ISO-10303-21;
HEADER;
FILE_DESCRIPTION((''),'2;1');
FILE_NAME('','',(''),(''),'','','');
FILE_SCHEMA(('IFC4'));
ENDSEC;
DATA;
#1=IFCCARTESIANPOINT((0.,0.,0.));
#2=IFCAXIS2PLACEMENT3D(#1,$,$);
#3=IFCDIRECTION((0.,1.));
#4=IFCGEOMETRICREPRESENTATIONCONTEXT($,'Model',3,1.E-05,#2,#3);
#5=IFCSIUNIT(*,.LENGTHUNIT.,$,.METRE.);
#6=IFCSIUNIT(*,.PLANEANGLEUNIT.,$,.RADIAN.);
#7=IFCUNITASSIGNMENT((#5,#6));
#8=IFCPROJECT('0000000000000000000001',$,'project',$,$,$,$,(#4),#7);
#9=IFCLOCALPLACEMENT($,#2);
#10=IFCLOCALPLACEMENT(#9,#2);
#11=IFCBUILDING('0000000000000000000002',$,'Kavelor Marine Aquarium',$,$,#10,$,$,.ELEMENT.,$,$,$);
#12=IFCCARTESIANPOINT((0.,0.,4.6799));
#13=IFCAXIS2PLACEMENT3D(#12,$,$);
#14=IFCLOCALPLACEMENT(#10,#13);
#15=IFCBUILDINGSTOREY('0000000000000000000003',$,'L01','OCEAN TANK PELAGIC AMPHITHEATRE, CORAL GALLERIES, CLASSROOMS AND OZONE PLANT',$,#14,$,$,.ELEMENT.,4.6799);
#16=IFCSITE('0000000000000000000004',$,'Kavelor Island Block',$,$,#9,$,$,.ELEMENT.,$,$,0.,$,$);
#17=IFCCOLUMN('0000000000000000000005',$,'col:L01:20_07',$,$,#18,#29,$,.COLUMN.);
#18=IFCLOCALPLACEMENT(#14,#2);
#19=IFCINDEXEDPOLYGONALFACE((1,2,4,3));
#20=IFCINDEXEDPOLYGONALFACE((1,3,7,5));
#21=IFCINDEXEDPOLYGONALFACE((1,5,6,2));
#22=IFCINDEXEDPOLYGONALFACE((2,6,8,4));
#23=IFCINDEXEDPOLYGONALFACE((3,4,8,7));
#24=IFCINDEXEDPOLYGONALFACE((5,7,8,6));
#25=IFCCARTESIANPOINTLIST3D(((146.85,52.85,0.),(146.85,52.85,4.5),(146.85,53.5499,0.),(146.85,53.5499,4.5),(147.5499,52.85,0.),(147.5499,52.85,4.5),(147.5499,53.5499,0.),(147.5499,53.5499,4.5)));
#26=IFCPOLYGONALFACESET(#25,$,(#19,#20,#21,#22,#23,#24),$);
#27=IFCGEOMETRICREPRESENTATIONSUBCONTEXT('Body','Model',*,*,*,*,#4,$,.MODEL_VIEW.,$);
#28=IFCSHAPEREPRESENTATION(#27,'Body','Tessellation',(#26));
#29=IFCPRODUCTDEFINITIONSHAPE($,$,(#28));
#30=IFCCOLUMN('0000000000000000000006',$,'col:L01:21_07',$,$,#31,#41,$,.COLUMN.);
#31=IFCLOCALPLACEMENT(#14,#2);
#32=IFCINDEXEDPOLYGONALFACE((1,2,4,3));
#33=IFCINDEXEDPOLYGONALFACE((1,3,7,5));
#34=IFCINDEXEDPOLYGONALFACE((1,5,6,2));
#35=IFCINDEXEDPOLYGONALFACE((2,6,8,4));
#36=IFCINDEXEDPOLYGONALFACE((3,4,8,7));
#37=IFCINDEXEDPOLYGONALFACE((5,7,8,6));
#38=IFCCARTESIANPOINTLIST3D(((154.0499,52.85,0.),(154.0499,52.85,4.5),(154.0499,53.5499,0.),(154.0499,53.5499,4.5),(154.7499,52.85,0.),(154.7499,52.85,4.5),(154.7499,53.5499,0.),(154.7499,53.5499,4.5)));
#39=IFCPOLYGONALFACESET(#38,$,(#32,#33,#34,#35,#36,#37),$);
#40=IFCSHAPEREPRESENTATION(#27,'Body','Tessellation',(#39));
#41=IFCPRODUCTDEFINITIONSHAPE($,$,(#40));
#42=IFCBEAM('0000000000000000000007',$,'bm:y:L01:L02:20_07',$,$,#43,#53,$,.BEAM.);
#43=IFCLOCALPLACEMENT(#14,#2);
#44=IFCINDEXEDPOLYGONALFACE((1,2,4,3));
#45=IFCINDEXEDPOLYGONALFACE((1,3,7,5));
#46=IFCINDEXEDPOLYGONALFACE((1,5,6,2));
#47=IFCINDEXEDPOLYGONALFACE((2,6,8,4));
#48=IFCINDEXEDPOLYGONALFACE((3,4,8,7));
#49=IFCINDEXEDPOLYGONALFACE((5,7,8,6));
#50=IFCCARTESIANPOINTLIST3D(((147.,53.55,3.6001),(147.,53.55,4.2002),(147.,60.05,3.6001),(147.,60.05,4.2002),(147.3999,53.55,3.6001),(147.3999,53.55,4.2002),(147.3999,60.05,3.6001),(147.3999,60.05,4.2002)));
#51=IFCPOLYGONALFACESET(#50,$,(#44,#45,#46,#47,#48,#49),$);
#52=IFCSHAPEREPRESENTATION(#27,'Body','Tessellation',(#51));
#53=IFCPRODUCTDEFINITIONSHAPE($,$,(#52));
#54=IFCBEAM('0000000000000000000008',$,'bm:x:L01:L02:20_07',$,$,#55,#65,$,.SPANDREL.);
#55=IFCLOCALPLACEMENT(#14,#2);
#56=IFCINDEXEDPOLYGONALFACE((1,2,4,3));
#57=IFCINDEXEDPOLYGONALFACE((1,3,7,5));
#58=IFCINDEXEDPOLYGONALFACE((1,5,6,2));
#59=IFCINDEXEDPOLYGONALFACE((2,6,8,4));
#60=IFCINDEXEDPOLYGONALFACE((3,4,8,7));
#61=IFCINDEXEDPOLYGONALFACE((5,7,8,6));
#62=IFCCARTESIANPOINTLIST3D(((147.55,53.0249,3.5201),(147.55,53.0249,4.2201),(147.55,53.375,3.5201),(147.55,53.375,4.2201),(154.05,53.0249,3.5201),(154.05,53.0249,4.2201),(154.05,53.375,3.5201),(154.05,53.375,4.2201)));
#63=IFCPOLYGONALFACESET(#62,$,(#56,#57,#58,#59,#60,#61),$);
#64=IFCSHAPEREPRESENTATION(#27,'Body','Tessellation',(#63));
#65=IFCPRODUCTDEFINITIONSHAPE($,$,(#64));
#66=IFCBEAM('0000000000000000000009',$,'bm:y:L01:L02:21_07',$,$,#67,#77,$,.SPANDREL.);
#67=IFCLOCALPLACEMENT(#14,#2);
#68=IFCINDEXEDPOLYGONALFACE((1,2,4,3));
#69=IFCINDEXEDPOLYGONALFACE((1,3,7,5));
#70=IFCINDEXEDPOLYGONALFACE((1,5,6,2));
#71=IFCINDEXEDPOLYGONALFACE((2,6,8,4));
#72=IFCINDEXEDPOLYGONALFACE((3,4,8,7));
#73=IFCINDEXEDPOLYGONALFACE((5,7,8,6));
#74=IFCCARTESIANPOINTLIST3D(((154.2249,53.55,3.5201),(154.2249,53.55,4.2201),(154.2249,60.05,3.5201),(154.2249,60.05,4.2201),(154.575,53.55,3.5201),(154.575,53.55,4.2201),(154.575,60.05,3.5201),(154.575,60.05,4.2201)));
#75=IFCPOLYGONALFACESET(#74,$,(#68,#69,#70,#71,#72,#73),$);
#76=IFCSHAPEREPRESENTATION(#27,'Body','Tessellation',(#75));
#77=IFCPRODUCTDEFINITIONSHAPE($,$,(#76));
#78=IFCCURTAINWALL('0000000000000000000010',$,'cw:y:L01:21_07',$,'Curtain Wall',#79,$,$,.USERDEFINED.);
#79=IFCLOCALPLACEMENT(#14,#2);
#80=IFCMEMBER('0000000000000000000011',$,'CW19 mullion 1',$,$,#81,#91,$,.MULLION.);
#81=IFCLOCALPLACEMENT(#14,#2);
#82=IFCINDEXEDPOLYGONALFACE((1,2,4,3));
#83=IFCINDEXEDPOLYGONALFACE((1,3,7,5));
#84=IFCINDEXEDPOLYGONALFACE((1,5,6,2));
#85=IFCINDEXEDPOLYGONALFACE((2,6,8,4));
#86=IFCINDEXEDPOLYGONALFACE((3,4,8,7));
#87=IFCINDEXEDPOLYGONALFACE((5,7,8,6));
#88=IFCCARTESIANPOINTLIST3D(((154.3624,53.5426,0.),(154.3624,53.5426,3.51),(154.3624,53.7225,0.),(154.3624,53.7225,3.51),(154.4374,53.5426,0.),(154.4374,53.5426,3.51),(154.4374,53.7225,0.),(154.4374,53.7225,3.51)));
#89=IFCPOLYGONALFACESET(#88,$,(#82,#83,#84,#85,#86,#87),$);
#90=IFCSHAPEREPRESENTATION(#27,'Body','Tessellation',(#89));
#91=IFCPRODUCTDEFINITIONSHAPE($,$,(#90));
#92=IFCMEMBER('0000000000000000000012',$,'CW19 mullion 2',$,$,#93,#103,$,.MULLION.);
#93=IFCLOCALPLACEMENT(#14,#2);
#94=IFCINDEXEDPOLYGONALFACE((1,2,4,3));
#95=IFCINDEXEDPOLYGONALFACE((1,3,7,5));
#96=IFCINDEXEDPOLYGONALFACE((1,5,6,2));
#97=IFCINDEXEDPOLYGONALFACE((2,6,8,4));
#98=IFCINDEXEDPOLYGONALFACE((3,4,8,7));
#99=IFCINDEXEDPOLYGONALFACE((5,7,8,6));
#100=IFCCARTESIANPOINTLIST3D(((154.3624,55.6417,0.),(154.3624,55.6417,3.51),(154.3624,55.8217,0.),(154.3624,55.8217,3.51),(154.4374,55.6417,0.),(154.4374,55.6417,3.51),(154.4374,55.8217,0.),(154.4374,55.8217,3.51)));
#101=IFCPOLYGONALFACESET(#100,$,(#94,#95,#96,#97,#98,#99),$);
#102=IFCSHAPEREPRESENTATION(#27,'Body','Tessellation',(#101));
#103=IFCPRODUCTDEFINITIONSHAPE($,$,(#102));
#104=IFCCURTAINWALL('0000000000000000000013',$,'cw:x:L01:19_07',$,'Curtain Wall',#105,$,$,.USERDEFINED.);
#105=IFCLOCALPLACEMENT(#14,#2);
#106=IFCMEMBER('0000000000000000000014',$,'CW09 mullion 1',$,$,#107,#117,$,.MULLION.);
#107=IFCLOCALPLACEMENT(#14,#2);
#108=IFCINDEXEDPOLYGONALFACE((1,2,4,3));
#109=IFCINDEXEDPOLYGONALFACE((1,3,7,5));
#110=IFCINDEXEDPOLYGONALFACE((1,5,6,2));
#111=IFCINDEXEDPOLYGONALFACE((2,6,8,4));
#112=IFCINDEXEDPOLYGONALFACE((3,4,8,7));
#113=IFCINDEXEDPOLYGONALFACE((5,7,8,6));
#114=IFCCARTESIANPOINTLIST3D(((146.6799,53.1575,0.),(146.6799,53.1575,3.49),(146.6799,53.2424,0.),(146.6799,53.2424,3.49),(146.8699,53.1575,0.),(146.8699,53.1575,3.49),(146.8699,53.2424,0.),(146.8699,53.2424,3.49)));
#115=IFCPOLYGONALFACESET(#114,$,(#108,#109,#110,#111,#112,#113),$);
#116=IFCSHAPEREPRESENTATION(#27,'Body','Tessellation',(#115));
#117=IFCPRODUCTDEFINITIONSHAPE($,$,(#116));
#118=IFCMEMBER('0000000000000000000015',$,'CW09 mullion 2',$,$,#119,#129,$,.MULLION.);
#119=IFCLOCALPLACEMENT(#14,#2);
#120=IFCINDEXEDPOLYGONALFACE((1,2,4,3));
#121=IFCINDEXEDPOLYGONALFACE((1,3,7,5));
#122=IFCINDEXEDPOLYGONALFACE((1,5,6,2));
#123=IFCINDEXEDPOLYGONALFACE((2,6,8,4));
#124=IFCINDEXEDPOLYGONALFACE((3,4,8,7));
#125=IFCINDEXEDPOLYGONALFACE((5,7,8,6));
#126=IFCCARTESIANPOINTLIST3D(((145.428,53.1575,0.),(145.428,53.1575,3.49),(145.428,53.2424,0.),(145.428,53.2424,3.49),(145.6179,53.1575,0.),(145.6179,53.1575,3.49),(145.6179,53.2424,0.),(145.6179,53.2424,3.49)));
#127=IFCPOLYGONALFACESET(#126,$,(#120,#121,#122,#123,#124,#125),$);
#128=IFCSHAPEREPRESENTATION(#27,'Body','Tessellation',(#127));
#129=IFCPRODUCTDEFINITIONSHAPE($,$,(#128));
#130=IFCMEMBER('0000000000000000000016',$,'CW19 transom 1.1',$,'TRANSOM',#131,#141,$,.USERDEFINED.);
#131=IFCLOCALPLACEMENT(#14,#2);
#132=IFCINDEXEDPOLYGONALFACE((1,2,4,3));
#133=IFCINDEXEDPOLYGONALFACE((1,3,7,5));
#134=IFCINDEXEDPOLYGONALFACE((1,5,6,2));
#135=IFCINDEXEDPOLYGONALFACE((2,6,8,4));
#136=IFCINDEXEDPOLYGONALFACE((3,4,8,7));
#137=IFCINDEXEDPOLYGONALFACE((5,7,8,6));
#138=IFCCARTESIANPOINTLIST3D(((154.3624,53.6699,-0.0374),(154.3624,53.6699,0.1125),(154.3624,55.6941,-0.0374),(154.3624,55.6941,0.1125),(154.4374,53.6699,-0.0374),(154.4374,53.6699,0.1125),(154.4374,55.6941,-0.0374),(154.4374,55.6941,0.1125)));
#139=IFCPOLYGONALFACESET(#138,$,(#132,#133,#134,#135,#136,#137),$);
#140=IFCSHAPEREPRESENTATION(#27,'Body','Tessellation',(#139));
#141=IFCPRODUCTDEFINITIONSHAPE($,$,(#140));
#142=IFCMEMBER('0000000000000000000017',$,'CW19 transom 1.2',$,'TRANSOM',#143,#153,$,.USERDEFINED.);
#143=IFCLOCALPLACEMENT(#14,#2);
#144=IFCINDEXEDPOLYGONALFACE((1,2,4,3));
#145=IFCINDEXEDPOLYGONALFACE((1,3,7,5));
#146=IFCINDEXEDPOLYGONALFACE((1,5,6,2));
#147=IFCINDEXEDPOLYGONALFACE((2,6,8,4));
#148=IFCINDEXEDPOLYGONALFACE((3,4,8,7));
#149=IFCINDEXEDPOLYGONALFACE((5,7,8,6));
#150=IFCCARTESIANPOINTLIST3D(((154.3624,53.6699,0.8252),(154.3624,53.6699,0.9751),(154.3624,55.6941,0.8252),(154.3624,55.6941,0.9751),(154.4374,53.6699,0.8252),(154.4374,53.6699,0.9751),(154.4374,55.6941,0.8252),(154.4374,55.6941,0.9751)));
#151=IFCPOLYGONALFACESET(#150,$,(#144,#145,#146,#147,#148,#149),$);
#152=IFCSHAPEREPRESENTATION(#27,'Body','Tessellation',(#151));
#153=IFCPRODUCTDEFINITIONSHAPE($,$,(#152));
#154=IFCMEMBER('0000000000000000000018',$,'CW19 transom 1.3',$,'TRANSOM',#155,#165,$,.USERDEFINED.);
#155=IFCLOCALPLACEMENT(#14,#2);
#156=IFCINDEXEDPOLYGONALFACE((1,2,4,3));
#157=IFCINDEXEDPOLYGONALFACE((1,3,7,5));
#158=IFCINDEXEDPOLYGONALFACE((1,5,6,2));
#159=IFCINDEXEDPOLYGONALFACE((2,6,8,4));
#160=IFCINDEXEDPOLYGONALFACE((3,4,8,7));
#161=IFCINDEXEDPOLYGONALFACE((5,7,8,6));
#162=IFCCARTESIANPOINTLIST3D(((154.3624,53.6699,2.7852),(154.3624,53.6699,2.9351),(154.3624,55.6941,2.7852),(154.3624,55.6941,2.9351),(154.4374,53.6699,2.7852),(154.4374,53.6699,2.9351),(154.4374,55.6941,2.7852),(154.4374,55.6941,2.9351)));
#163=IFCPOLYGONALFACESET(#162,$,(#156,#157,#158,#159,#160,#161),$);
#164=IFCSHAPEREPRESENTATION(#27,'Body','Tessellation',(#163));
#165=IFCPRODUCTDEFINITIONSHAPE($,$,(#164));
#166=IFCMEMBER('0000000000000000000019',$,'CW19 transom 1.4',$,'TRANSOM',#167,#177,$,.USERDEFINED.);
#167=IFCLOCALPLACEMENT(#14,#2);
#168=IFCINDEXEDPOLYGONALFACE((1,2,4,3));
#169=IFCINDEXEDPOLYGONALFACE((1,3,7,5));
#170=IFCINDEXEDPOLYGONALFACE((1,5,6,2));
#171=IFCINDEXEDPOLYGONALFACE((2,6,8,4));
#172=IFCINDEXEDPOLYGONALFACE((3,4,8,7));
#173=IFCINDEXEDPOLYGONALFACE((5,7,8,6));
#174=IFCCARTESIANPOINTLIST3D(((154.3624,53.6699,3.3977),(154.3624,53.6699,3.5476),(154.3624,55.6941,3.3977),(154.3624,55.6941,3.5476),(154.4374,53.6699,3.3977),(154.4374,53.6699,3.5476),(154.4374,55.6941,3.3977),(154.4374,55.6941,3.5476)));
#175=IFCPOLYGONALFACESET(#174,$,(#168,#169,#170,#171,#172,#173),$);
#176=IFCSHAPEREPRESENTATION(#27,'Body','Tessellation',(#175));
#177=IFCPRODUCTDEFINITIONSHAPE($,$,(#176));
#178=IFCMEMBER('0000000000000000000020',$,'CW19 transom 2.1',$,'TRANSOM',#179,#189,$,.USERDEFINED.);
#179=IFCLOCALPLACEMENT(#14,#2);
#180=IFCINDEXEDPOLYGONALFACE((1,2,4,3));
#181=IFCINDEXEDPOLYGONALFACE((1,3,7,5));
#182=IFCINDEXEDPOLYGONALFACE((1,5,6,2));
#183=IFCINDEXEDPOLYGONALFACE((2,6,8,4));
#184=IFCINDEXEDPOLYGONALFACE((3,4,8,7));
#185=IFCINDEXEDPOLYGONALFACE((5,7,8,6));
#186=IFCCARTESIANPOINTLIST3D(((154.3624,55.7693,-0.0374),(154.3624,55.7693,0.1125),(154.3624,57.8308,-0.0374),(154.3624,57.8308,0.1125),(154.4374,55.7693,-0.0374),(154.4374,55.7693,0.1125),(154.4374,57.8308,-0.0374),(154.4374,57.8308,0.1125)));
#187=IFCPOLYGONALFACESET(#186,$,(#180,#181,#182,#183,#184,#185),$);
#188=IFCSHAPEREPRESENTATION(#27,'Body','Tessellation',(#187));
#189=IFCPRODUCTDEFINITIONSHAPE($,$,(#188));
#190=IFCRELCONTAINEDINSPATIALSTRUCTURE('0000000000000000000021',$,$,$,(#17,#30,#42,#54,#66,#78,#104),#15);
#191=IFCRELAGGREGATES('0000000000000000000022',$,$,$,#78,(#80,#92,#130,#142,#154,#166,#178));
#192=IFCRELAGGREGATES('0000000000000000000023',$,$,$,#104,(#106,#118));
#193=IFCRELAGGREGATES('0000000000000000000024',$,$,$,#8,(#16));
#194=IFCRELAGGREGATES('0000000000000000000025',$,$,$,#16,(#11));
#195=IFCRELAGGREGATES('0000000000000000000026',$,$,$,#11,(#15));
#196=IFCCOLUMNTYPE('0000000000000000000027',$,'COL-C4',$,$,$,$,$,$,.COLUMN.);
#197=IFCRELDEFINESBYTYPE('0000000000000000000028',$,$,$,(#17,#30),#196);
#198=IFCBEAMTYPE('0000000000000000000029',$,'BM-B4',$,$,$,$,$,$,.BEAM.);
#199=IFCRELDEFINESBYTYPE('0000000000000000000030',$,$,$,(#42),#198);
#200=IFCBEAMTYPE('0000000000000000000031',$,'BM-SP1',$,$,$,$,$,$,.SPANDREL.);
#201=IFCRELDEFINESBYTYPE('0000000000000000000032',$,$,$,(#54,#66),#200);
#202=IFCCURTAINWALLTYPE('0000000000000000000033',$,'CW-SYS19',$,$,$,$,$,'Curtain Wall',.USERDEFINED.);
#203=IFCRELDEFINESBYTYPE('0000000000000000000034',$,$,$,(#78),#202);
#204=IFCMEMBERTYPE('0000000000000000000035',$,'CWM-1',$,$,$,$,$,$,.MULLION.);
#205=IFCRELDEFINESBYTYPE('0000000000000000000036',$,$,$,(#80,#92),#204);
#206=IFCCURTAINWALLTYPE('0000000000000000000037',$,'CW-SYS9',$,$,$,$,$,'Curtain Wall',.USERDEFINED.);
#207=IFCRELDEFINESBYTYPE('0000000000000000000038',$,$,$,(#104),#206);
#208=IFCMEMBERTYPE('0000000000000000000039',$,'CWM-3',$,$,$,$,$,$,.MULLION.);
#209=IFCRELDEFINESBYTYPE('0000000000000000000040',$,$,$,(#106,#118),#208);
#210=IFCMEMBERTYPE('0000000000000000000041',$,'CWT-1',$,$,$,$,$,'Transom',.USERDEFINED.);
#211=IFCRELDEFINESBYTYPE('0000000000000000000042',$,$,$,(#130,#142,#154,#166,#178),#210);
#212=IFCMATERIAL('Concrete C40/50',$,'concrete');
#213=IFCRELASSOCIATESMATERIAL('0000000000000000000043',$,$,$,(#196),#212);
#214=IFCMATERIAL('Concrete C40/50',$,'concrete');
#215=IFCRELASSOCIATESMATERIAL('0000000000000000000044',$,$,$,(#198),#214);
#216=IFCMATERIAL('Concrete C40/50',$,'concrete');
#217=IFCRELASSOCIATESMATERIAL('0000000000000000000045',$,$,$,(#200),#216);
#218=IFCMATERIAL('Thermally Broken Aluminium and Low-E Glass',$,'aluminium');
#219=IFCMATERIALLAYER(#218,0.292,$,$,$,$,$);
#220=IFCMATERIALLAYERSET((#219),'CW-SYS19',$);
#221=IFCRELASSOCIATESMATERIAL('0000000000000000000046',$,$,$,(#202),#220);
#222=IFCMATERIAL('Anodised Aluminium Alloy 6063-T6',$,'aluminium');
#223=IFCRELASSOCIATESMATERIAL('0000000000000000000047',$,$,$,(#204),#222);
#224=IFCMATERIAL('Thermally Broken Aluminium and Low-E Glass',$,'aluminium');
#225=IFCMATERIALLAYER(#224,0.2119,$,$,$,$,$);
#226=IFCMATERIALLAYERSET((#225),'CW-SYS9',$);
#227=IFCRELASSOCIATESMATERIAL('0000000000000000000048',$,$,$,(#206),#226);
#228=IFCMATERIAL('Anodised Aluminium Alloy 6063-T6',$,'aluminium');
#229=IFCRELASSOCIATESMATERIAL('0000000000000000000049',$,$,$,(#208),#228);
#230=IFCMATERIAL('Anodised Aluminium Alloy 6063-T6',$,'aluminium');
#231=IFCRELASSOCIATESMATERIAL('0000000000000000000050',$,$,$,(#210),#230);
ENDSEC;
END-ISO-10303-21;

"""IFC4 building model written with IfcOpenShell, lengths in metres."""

from ifc_helpers import new_model, si_unit, direction, frame, origin, origin_2d, place, context, subcontext, project, spatial, rectangle, extrude, material, layer, layer_set, material_profile, profile_set, type_object, element, aggregate, save


model = new_model("IFC4")

# Units and contexts
model_context = context("Model", 3, precision=1e-05, world=origin(), true_north=direction((0.0, 1.0)))
body_context = subcontext(model_context, "Body", "Model", "MODEL_VIEW")
ifc_project = project(units=[si_unit("LENGTHUNIT", "METRE"), si_unit("PLANEANGLEUNIT", "RADIAN")], contexts=[model_context])

# Site, building, storey
site_placement = place(None, origin())
site = spatial("IfcSite", under=ifc_project, at=site_placement, Name="Kavelor Island Block", CompositionType="ELEMENT", RefElevation=0.0)
building_placement = place(site_placement, origin())
building = spatial("IfcBuilding", under=site, at=building_placement, Name="Kavelor Marine Aquarium", CompositionType="ELEMENT")
storey_placement = place(building_placement, frame((0.0, 0.0, 4.6799)))
storey = spatial("IfcBuildingStorey", under=building, at=storey_placement, Name="L01", Description="OCEAN TANK PELAGIC AMPHITHEATRE, CORAL GALLERIES, CLASSROOMS AND OZONE PLANT", CompositionType="ELEMENT", Elevation=4.6799)

# Columns
ifc_material_1 = material(Name="Concrete C40/50", Category="concrete")
ifc_material_profile_1 = material_profile(ifc_material_1, rectangle(XDim=0.7, YDim=0.7, at=origin_2d()), Name="RC-COL 700x700")
ifc_profile_set_1 = profile_set([ifc_material_profile_1], Name="Concrete C40/50")
column_type = type_object("IfcColumnType", Name="COL-C4", PredefinedType="COLUMN", material=ifc_profile_set_1)
for number, where, z_axis, x_axis, name in (
    (1, (147.2, 53.2, 0.0), (0.0, 0.0, 1.0), (1.0, 0.0, 0.0), "col:L01:20_07"),
    (2, (154.3999, 53.2, 0.0), (0.0, 0.0, 1.0), (1.0, 0.0, 0.0), "col:L01:21_07"),
):
    element("IfcColumn", number, at=place(storey_placement, frame(where, z_axis=z_axis, x_axis=x_axis)), inside=storey, type_object=column_type, Name=name, PredefinedType="COLUMN", context=body_context, shape_type="SweptSolid", body=[
        extrude(rectangle(XDim=0.7, YDim=0.7, at=origin_2d()), origin(), (0.0, 0.0, 1.0), 4.5),
    ])

# Beams
ifc_material_2 = material(Name="Concrete C40/50", Category="concrete")
ifc_material_profile_2 = material_profile(ifc_material_2, rectangle(XDim=0.3999, YDim=0.6001, at=origin_2d()), Name="RC-BM 400x600")
ifc_profile_set_2 = profile_set([ifc_material_profile_2], Name="Concrete C40/50")
beam_type_1 = type_object("IfcBeamType", Name="BM-B4", PredefinedType="BEAM", material=ifc_profile_set_2)
beam_placement = place(storey_placement, frame((147.2, 53.55, 3.9001), z_axis=(0.0, 1.0, 0.0), x_axis=(-1.0, 0.0, 0.0)))
element("IfcBeam", 3, at=beam_placement, inside=storey, type_object=beam_type_1, Name="bm:y:L01:L02:20_07", PredefinedType="BEAM", context=body_context, shape_type="SweptSolid", body=[
    extrude(rectangle(XDim=0.3999, YDim=0.6001, at=origin_2d()), origin(), (0.0, 0.0, 1.0), 6.5),
])
ifc_material_3 = material(Name="Concrete C40/50", Category="concrete")
ifc_material_profile_3 = material_profile(ifc_material_3, rectangle(XDim=0.3501, YDim=0.7, at=origin_2d()), Name="RC-SP 350x700")
ifc_profile_set_3 = profile_set([ifc_material_profile_3], Name="Concrete C40/50")
beam_type_2 = type_object("IfcBeamType", Name="BM-SP1", PredefinedType="SPANDREL", material=ifc_profile_set_3)
for number, where, z_axis, x_axis, name in (
    (4, (147.55, 53.2, 3.8701), (1.0, 0.0, 0.0), (0.0, 1.0, 0.0), "bm:x:L01:L02:20_07"),
    (5, (154.3999, 53.55, 3.8701), (0.0, 1.0, 0.0), (-1.0, 0.0, 0.0), "bm:y:L01:L02:21_07"),
):
    element("IfcBeam", number, at=place(storey_placement, frame(where, z_axis=z_axis, x_axis=x_axis)), inside=storey, type_object=beam_type_2, Name=name, PredefinedType="SPANDREL", context=body_context, shape_type="SweptSolid", body=[
        extrude(rectangle(XDim=0.3501, YDim=0.7, at=origin_2d()), origin(), (0.0, 0.0, 1.0), 6.5),
    ])

# Curtain walls, members
ifc_material_4 = material(Name="Thermally Broken Aluminium and Low-E Glass", Category="aluminium")
ifc_layer_1 = layer(ifc_material_4, 0.292)
ifc_layer_set_1 = layer_set([ifc_layer_1], Name="CW-SYS19")
curtain_wall_type_1 = type_object("IfcCurtainWallType", Name="CW-SYS19", ElementType="Curtain Wall", PredefinedType="USERDEFINED", material=ifc_layer_set_1)
curtain_wall_1_placement = place(storey_placement, origin())
curtain_wall_1 = element("IfcCurtainWall", 6, at=curtain_wall_1_placement, inside=storey, type_object=curtain_wall_type_1, Name="cw:y:L01:21_07", ObjectType="Curtain Wall", PredefinedType="USERDEFINED")
ifc_material_5 = material(Name="Anodised Aluminium Alloy 6063-T6", Category="aluminium")
ifc_material_profile_4 = material_profile(ifc_material_5, rectangle(XDim=0.075, YDim=0.1799, at=origin_2d()), Name="CW-MUL 75x180")
ifc_profile_set_4 = profile_set([ifc_material_profile_4], Name="Anodised Aluminium Alloy 6063-T6")
member_type_1 = type_object("IfcMemberType", Name="CWM-1", PredefinedType="MULLION", material=ifc_profile_set_4)
member_1_placement = place(storey_placement, frame((154.3999, 53.6326, 0.0), z_axis=(0.0, 0.0, 1.0), x_axis=(-1.0, 0.0, 0.0)))
member_1 = element("IfcMember", 7, at=member_1_placement, type_object=member_type_1, Name="CW19 mullion 1", PredefinedType="MULLION", context=body_context, shape_type="SweptSolid", body=[
    extrude(rectangle(XDim=0.075, YDim=0.1799, at=origin_2d()), origin(), (0.0, 0.0, 1.0), 3.51),
])
member_2_placement = place(storey_placement, frame((154.3999, 55.7317, 0.0), z_axis=(0.0, 0.0, 1.0), x_axis=(-1.0, 0.0, 0.0)))
member_2 = element("IfcMember", 8, at=member_2_placement, type_object=member_type_1, Name="CW19 mullion 2", PredefinedType="MULLION", context=body_context, shape_type="SweptSolid", body=[
    extrude(rectangle(XDim=0.075, YDim=0.1799, at=origin_2d()), origin(), (0.0, 0.0, 1.0), 3.51),
])
ifc_material_6 = material(Name="Thermally Broken Aluminium and Low-E Glass", Category="aluminium")
ifc_layer_2 = layer(ifc_material_6, 0.2119)
ifc_layer_set_2 = layer_set([ifc_layer_2], Name="CW-SYS9")
curtain_wall_type_2 = type_object("IfcCurtainWallType", Name="CW-SYS9", ElementType="Curtain Wall", PredefinedType="USERDEFINED", material=ifc_layer_set_2)
curtain_wall_2_placement = place(storey_placement, origin())
curtain_wall_2 = element("IfcCurtainWall", 9, at=curtain_wall_2_placement, inside=storey, type_object=curtain_wall_type_2, Name="cw:x:L01:19_07", ObjectType="Curtain Wall", PredefinedType="USERDEFINED")
ifc_material_7 = material(Name="Anodised Aluminium Alloy 6063-T6", Category="aluminium")
ifc_material_profile_5 = material_profile(ifc_material_7, rectangle(XDim=0.085, YDim=0.1899, at=origin_2d()), Name="CW-MUL 85x190")
ifc_profile_set_5 = profile_set([ifc_material_profile_5], Name="Anodised Aluminium Alloy 6063-T6")
member_type_2 = type_object("IfcMemberType", Name="CWM-3", PredefinedType="MULLION", material=ifc_profile_set_5)
member_3_placement = place(storey_placement, frame((146.7749, 53.2, 0.0), z_axis=(0.0, 0.0, 1.0), x_axis=(0.0, -1.0, 0.0)))
member_3 = element("IfcMember", 10, at=member_3_placement, type_object=member_type_2, Name="CW09 mullion 1", PredefinedType="MULLION", context=body_context, shape_type="SweptSolid", body=[
    extrude(rectangle(XDim=0.085, YDim=0.1899, at=origin_2d()), origin(), (0.0, 0.0, 1.0), 3.49),
])
member_4_placement = place(storey_placement, frame((145.5229, 53.2, 0.0), z_axis=(0.0, 0.0, 1.0), x_axis=(0.0, -1.0, 0.0)))
member_4 = element("IfcMember", 11, at=member_4_placement, type_object=member_type_2, Name="CW09 mullion 2", PredefinedType="MULLION", context=body_context, shape_type="SweptSolid", body=[
    extrude(rectangle(XDim=0.085, YDim=0.1899, at=origin_2d()), origin(), (0.0, 0.0, 1.0), 3.49),
])

# Members
ifc_material_8 = material(Name="Anodised Aluminium Alloy 6063-T6", Category="aluminium")
ifc_material_profile_6 = material_profile(ifc_material_8, rectangle(XDim=0.075, YDim=0.1499, at=origin_2d()), Name="CW-TRN 75x150")
ifc_profile_set_6 = profile_set([ifc_material_profile_6], Name="Anodised Aluminium Alloy 6063-T6")
member_type_3 = type_object("IfcMemberType", Name="CWT-1", ElementType="Transom", PredefinedType="USERDEFINED", material=ifc_profile_set_6)
member_5_placement = place(storey_placement, frame((154.3999, 53.6699, 0.0376), z_axis=(0.0, 1.0, 0.0), x_axis=(-1.0, 0.0, 0.0)))
member_5 = element("IfcMember", 12, at=member_5_placement, type_object=member_type_3, Name="CW19 transom 1.1", ObjectType="TRANSOM", PredefinedType="USERDEFINED", context=body_context, shape_type="SweptSolid", body=[
    extrude(rectangle(XDim=0.075, YDim=0.1499, at=origin_2d()), origin(), (0.0, 0.0, 1.0), 2.0242),
])
member_6_placement = place(storey_placement, frame((154.3999, 53.6699, 0.9001), z_axis=(0.0, 1.0, 0.0), x_axis=(-1.0, 0.0, 0.0)))
member_6 = element("IfcMember", 13, at=member_6_placement, type_object=member_type_3, Name="CW19 transom 1.2", ObjectType="TRANSOM", PredefinedType="USERDEFINED", context=body_context, shape_type="SweptSolid", body=[
    extrude(rectangle(XDim=0.075, YDim=0.1499, at=origin_2d()), origin(), (0.0, 0.0, 1.0), 2.0242),
])
member_7_placement = place(storey_placement, frame((154.3999, 53.6699, 2.8601), z_axis=(0.0, 1.0, 0.0), x_axis=(-1.0, 0.0, 0.0)))
member_7 = element("IfcMember", 14, at=member_7_placement, type_object=member_type_3, Name="CW19 transom 1.3", ObjectType="TRANSOM", PredefinedType="USERDEFINED", context=body_context, shape_type="SweptSolid", body=[
    extrude(rectangle(XDim=0.075, YDim=0.1499, at=origin_2d()), origin(), (0.0, 0.0, 1.0), 2.0242),
])
member_8_placement = place(storey_placement, frame((154.3999, 53.6699, 3.4727), z_axis=(0.0, 1.0, 0.0), x_axis=(-1.0, 0.0, 0.0)))
member_8 = element("IfcMember", 15, at=member_8_placement, type_object=member_type_3, Name="CW19 transom 1.4", ObjectType="TRANSOM", PredefinedType="USERDEFINED", context=body_context, shape_type="SweptSolid", body=[
    extrude(rectangle(XDim=0.075, YDim=0.1499, at=origin_2d()), origin(), (0.0, 0.0, 1.0), 2.0242),
])
member_9_placement = place(storey_placement, frame((154.3999, 55.7693, 0.0376), z_axis=(0.0, 1.0, 0.0), x_axis=(-1.0, 0.0, 0.0)))
member_9 = element("IfcMember", 16, at=member_9_placement, type_object=member_type_3, Name="CW19 transom 2.1", ObjectType="TRANSOM", PredefinedType="USERDEFINED", context=body_context, shape_type="SweptSolid", body=[
    extrude(rectangle(XDim=0.075, YDim=0.1499, at=origin_2d()), origin(), (0.0, 0.0, 1.0), 2.0615),
])

aggregate(curtain_wall_1, [member_1, member_2, member_5, member_6, member_7, member_8, member_9])
aggregate(curtain_wall_2, [member_3, member_4])

save(model, "model.ifc")
